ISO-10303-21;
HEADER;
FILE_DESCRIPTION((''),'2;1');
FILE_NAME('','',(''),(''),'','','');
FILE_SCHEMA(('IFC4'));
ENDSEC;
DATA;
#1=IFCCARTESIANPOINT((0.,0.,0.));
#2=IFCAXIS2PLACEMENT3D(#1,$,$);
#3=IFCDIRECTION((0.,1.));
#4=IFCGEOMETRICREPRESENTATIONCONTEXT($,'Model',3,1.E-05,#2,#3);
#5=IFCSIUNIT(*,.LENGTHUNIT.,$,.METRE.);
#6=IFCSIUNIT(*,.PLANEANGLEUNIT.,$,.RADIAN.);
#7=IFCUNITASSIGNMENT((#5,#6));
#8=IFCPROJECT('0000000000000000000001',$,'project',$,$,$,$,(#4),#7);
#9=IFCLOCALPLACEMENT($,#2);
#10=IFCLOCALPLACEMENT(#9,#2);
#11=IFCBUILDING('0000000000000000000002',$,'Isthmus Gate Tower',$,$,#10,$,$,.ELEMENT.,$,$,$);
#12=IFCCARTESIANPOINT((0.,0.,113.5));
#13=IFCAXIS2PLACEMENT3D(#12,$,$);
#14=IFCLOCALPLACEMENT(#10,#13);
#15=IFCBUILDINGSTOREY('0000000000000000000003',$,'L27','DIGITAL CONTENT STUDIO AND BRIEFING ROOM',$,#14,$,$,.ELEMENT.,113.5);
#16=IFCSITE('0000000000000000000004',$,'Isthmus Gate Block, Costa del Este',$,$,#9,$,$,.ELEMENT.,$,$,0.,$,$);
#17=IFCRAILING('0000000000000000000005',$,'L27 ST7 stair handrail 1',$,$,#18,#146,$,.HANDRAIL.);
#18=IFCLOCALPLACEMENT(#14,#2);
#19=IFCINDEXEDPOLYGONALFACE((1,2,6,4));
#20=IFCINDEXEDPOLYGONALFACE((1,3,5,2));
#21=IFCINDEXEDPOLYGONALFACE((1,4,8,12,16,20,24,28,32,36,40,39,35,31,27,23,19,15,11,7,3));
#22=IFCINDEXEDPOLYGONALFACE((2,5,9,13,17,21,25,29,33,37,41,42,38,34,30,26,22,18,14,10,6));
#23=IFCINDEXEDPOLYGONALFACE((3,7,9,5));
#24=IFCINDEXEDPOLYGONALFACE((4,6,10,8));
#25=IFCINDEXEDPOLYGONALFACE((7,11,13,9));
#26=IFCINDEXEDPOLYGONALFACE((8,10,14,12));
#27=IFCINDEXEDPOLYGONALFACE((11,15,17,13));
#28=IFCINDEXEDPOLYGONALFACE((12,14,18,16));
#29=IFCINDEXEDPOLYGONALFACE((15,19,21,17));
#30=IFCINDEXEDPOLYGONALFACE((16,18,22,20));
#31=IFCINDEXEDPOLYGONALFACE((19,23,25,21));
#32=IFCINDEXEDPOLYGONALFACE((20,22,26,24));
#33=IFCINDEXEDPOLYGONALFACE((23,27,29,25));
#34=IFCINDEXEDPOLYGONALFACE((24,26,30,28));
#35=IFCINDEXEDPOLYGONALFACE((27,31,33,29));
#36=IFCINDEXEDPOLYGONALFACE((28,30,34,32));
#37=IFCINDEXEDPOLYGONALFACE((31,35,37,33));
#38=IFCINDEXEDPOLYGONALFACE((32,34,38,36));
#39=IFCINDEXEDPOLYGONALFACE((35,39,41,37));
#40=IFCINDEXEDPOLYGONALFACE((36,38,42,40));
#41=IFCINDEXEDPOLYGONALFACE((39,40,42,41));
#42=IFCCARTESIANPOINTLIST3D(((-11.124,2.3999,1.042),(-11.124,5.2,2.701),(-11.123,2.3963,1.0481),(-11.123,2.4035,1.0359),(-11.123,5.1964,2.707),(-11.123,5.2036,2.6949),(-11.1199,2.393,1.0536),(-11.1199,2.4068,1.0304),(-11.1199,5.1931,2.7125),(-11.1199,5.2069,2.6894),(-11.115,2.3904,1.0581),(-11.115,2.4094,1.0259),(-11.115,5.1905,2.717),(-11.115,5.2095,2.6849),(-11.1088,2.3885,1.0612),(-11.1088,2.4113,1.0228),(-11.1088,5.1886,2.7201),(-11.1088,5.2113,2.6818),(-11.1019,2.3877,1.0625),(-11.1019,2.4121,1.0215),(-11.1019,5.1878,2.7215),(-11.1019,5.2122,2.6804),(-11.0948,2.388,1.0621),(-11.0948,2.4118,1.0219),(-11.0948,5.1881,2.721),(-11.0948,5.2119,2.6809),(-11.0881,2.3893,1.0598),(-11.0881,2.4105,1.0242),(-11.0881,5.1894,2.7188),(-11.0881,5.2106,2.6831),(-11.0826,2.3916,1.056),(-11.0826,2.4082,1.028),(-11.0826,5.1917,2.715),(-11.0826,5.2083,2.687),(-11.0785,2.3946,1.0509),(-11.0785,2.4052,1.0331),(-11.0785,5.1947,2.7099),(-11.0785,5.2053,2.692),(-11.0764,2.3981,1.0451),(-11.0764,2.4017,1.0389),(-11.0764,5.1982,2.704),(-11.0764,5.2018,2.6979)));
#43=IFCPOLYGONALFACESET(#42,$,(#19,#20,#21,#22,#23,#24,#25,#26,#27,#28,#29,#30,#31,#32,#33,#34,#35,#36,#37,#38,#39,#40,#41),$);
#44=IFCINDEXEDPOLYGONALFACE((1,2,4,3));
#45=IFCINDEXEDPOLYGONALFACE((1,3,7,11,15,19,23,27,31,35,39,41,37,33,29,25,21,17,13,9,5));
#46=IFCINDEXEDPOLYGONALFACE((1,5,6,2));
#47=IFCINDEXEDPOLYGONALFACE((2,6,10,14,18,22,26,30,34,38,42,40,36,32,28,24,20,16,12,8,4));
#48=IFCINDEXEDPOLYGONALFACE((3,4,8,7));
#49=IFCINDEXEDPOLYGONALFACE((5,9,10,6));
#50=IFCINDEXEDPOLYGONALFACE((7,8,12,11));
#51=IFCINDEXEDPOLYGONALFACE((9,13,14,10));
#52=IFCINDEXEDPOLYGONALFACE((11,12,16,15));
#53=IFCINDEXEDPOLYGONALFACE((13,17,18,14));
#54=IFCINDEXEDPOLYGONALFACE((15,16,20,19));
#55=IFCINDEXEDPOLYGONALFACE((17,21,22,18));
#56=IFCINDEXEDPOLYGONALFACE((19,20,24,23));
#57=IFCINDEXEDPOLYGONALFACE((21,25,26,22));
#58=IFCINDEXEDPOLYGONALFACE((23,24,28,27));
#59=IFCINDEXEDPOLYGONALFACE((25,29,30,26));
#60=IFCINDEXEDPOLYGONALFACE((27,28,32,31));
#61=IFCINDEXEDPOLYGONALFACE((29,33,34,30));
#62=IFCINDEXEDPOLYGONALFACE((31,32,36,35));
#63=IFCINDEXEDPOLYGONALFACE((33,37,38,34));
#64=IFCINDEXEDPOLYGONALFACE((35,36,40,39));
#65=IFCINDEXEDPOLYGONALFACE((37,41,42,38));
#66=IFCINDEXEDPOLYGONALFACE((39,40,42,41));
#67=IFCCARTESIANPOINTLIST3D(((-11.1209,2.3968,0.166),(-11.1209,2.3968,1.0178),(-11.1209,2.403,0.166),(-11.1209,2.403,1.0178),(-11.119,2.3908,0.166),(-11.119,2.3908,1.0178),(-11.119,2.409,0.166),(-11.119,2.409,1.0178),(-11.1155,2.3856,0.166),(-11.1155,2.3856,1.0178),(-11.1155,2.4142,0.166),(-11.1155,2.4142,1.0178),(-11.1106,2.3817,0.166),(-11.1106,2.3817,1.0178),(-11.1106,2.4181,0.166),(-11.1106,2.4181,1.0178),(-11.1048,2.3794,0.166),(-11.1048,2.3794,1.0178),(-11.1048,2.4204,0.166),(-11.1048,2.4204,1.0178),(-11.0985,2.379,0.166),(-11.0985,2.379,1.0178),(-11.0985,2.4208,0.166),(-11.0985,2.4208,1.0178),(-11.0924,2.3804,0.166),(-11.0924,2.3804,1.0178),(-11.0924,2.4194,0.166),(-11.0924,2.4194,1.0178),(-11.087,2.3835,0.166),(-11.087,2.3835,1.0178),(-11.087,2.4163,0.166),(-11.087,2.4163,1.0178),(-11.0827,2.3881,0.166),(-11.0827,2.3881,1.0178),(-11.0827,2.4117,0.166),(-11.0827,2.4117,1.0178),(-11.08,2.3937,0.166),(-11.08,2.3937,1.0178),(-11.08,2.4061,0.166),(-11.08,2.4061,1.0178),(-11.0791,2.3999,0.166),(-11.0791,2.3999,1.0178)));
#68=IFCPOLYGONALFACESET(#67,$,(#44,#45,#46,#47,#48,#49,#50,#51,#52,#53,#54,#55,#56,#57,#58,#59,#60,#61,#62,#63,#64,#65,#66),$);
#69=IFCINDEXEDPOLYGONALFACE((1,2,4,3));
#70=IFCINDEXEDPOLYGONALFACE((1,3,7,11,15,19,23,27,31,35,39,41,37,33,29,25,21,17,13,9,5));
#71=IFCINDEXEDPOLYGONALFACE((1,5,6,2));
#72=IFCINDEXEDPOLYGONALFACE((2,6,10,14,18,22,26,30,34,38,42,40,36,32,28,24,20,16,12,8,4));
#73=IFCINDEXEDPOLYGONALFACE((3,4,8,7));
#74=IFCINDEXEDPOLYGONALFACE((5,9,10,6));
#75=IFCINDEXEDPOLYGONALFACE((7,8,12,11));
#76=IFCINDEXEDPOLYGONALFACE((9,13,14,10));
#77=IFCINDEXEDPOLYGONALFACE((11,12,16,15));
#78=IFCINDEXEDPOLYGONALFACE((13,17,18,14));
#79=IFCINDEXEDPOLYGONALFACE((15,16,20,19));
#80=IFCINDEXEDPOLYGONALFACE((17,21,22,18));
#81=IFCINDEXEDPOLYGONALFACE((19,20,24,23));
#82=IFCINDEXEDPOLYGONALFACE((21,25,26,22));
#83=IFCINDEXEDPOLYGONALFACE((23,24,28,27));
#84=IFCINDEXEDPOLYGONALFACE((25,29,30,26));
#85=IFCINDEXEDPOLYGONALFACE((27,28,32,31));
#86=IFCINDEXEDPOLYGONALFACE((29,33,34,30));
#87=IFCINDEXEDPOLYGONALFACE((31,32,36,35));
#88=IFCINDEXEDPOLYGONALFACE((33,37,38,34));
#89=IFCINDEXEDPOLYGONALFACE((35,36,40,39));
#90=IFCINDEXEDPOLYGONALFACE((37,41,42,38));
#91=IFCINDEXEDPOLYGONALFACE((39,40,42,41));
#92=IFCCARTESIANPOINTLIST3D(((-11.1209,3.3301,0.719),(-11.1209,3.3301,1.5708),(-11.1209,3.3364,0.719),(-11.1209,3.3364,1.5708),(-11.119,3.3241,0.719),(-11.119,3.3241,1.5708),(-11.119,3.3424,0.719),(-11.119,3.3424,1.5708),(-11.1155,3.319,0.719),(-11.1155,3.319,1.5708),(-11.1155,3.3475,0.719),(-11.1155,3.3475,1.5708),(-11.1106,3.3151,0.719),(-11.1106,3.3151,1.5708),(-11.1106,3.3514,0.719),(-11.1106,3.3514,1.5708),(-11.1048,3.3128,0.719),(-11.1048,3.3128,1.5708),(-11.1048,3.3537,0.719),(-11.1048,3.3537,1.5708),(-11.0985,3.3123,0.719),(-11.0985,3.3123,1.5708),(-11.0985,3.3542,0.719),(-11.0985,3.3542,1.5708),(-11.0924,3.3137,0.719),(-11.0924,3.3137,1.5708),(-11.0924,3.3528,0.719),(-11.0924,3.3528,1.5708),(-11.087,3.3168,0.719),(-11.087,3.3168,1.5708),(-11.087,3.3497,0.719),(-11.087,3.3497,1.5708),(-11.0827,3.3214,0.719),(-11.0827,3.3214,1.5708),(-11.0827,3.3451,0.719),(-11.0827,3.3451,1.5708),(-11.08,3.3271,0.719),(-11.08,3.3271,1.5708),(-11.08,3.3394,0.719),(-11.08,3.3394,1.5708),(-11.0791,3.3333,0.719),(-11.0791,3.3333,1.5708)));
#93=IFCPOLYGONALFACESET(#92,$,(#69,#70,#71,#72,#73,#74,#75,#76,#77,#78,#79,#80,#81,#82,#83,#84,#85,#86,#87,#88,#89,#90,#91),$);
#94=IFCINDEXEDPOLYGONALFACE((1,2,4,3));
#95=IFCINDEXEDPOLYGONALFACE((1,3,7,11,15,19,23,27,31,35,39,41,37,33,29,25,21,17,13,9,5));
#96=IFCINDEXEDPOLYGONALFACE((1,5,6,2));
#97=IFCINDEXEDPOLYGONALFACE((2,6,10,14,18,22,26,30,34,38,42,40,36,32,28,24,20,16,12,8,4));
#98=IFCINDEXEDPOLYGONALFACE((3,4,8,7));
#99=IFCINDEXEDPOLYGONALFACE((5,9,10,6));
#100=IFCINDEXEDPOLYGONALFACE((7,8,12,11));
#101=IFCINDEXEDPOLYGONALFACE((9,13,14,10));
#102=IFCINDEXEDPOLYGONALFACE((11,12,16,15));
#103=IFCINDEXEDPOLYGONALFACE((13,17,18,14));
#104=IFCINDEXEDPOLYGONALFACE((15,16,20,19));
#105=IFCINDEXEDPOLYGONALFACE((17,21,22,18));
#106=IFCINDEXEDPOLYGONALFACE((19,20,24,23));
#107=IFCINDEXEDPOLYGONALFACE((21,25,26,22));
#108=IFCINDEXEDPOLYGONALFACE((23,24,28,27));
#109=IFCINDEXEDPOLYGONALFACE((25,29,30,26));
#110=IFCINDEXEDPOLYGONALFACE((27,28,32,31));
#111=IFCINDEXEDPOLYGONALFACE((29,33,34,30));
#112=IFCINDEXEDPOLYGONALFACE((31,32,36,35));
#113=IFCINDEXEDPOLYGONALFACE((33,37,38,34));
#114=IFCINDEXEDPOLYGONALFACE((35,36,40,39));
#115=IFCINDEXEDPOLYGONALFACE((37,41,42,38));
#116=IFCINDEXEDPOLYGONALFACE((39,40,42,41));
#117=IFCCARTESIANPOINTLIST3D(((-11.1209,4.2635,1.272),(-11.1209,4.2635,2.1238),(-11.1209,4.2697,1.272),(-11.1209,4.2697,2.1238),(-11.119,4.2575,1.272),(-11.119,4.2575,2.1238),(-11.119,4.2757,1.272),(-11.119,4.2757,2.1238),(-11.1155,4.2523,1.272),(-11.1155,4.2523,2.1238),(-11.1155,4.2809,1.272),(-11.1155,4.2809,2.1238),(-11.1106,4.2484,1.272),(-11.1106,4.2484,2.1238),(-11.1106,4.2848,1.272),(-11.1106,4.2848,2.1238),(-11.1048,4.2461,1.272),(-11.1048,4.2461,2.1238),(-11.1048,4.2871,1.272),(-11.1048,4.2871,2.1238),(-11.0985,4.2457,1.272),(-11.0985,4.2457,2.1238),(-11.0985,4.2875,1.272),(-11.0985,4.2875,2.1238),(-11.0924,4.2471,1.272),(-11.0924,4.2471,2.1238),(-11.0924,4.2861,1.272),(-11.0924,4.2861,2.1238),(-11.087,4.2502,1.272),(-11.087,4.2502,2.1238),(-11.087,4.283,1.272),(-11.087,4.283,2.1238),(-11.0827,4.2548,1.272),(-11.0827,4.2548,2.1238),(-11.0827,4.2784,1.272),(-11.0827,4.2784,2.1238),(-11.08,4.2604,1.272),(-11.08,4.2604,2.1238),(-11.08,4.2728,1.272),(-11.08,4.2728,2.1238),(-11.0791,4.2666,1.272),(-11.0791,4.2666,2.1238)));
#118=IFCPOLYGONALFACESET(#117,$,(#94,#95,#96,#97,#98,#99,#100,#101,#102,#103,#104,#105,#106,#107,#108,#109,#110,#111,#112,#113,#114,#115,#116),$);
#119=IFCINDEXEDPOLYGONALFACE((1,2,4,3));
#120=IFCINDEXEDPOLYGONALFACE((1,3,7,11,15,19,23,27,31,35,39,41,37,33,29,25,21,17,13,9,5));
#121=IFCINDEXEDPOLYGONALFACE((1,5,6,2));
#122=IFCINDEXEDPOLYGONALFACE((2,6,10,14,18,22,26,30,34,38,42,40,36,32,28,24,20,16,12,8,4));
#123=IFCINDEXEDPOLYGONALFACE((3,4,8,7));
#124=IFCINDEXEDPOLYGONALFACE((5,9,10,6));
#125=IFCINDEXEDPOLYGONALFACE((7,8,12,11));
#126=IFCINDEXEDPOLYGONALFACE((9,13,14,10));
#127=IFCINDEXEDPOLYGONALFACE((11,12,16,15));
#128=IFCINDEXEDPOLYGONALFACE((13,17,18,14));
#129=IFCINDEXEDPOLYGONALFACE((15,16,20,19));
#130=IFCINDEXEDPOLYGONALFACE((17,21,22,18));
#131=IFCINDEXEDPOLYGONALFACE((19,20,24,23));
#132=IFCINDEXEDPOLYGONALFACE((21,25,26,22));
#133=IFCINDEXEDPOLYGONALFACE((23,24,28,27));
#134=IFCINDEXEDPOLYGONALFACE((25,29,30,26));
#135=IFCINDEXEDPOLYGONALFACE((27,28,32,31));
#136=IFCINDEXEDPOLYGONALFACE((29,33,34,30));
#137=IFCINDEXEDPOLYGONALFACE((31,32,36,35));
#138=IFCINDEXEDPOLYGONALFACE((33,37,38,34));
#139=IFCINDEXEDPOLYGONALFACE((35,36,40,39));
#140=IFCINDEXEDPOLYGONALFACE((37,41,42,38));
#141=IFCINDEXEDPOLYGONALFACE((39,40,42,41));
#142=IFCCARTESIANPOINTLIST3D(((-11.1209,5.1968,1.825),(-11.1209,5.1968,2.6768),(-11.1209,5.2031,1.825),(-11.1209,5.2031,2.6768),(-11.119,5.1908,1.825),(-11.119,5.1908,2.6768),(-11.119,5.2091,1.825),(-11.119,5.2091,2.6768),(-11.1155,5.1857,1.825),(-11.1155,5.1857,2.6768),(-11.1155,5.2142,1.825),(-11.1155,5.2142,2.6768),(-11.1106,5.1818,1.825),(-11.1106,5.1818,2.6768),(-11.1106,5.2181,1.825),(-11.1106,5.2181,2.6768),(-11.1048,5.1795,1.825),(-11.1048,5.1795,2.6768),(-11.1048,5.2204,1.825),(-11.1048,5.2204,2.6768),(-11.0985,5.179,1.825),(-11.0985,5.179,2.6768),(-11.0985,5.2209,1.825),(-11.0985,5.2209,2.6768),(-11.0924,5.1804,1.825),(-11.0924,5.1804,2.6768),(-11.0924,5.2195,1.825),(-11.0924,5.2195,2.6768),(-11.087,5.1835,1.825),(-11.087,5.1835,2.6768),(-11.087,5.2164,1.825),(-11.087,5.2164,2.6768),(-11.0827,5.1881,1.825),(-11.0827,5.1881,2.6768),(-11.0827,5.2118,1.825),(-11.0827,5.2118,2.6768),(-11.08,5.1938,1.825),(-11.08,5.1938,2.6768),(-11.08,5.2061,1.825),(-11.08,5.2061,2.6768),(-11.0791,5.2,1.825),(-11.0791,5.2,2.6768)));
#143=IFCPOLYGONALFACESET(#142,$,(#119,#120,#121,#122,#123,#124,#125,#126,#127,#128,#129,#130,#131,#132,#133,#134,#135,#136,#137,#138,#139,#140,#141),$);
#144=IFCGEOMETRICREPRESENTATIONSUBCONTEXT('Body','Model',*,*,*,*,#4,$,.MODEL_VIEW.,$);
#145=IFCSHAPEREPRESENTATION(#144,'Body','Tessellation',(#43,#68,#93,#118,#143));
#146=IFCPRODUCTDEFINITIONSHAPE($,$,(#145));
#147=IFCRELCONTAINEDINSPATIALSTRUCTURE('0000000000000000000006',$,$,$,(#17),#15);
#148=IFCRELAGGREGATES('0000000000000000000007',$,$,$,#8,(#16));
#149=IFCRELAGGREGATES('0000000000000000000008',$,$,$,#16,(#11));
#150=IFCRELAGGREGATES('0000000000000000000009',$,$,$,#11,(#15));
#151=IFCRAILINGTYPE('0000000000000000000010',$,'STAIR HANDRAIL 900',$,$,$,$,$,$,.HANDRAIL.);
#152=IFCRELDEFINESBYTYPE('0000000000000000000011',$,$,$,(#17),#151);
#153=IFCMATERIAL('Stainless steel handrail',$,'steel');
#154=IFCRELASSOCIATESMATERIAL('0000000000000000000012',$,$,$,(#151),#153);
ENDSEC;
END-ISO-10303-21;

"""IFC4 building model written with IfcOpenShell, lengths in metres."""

from ifc_helpers import new_model, si_unit, direction, frame, origin, origin_2d, place, context, subcontext, project, spatial, circle, extrude, material, type_object, element, save


model = new_model("IFC4")

# Units and contexts
model_context = context("Model", 3, precision=1e-05, world=origin(), true_north=direction((0.0, 1.0)))
body_context = subcontext(model_context, "Body", "Model", "MODEL_VIEW")
ifc_project = project(units=[si_unit("LENGTHUNIT", "METRE"), si_unit("PLANEANGLEUNIT", "RADIAN")], contexts=[model_context])

# Site, building, storey
site_placement = place(None, origin())
site = spatial("IfcSite", under=ifc_project, at=site_placement, Name="Isthmus Gate Block, Costa del Este", CompositionType="ELEMENT", RefElevation=0.0)
building_placement = place(site_placement, origin())
building = spatial("IfcBuilding", under=site, at=building_placement, Name="Isthmus Gate Tower", CompositionType="ELEMENT")
storey_placement = place(building_placement, frame((0.0, 0.0, 113.5)))
storey = spatial("IfcBuildingStorey", under=building, at=storey_placement, Name="L27", Description="DIGITAL CONTENT STUDIO AND BRIEFING ROOM", CompositionType="ELEMENT", Elevation=113.5)

# Railing
ifc_material_1 = material(Name="Stainless steel handrail", Category="steel")
railing_type_1 = type_object("IfcRailingType", Name="STAIR HANDRAIL 900", PredefinedType="HANDRAIL", material=ifc_material_1)
railing_1_placement = place(storey_placement, frame((-11.1001, 2.3999, 0.166)))
element("IfcRailing", 1, at=railing_1_placement, inside=storey, type_object=railing_type_1, Name="L27 ST7 stair handrail 1", PredefinedType="HANDRAIL", context=body_context, shape_type="SweptSolid", body=[
    extrude(circle(Radius=0.0239, at=origin_2d()), frame((0.0, 0.0, 0.876), z_axis=(0.0, 0.860339, 0.509722), x_axis=(-1.0, 0.0, 0.0)), (0.0, 0.0, 1.0), 3.2546),
    extrude(circle(Radius=0.021, at=origin_2d()), origin(), (0.0, 0.0, 1.0), 0.8518),
    extrude(circle(Radius=0.021, at=origin_2d()), frame((0.0, 0.9333, 0.553)), (0.0, 0.0, 1.0), 0.8518),
    extrude(circle(Radius=0.021, at=origin_2d()), frame((0.0, 1.8667, 1.106)), (0.0, 0.0, 1.0), 0.8518),
    extrude(circle(Radius=0.021, at=origin_2d()), frame((0.0, 2.8, 1.6589)), (0.0, 0.0, 1.0), 0.8518),
])

save(model, "model.ifc")
